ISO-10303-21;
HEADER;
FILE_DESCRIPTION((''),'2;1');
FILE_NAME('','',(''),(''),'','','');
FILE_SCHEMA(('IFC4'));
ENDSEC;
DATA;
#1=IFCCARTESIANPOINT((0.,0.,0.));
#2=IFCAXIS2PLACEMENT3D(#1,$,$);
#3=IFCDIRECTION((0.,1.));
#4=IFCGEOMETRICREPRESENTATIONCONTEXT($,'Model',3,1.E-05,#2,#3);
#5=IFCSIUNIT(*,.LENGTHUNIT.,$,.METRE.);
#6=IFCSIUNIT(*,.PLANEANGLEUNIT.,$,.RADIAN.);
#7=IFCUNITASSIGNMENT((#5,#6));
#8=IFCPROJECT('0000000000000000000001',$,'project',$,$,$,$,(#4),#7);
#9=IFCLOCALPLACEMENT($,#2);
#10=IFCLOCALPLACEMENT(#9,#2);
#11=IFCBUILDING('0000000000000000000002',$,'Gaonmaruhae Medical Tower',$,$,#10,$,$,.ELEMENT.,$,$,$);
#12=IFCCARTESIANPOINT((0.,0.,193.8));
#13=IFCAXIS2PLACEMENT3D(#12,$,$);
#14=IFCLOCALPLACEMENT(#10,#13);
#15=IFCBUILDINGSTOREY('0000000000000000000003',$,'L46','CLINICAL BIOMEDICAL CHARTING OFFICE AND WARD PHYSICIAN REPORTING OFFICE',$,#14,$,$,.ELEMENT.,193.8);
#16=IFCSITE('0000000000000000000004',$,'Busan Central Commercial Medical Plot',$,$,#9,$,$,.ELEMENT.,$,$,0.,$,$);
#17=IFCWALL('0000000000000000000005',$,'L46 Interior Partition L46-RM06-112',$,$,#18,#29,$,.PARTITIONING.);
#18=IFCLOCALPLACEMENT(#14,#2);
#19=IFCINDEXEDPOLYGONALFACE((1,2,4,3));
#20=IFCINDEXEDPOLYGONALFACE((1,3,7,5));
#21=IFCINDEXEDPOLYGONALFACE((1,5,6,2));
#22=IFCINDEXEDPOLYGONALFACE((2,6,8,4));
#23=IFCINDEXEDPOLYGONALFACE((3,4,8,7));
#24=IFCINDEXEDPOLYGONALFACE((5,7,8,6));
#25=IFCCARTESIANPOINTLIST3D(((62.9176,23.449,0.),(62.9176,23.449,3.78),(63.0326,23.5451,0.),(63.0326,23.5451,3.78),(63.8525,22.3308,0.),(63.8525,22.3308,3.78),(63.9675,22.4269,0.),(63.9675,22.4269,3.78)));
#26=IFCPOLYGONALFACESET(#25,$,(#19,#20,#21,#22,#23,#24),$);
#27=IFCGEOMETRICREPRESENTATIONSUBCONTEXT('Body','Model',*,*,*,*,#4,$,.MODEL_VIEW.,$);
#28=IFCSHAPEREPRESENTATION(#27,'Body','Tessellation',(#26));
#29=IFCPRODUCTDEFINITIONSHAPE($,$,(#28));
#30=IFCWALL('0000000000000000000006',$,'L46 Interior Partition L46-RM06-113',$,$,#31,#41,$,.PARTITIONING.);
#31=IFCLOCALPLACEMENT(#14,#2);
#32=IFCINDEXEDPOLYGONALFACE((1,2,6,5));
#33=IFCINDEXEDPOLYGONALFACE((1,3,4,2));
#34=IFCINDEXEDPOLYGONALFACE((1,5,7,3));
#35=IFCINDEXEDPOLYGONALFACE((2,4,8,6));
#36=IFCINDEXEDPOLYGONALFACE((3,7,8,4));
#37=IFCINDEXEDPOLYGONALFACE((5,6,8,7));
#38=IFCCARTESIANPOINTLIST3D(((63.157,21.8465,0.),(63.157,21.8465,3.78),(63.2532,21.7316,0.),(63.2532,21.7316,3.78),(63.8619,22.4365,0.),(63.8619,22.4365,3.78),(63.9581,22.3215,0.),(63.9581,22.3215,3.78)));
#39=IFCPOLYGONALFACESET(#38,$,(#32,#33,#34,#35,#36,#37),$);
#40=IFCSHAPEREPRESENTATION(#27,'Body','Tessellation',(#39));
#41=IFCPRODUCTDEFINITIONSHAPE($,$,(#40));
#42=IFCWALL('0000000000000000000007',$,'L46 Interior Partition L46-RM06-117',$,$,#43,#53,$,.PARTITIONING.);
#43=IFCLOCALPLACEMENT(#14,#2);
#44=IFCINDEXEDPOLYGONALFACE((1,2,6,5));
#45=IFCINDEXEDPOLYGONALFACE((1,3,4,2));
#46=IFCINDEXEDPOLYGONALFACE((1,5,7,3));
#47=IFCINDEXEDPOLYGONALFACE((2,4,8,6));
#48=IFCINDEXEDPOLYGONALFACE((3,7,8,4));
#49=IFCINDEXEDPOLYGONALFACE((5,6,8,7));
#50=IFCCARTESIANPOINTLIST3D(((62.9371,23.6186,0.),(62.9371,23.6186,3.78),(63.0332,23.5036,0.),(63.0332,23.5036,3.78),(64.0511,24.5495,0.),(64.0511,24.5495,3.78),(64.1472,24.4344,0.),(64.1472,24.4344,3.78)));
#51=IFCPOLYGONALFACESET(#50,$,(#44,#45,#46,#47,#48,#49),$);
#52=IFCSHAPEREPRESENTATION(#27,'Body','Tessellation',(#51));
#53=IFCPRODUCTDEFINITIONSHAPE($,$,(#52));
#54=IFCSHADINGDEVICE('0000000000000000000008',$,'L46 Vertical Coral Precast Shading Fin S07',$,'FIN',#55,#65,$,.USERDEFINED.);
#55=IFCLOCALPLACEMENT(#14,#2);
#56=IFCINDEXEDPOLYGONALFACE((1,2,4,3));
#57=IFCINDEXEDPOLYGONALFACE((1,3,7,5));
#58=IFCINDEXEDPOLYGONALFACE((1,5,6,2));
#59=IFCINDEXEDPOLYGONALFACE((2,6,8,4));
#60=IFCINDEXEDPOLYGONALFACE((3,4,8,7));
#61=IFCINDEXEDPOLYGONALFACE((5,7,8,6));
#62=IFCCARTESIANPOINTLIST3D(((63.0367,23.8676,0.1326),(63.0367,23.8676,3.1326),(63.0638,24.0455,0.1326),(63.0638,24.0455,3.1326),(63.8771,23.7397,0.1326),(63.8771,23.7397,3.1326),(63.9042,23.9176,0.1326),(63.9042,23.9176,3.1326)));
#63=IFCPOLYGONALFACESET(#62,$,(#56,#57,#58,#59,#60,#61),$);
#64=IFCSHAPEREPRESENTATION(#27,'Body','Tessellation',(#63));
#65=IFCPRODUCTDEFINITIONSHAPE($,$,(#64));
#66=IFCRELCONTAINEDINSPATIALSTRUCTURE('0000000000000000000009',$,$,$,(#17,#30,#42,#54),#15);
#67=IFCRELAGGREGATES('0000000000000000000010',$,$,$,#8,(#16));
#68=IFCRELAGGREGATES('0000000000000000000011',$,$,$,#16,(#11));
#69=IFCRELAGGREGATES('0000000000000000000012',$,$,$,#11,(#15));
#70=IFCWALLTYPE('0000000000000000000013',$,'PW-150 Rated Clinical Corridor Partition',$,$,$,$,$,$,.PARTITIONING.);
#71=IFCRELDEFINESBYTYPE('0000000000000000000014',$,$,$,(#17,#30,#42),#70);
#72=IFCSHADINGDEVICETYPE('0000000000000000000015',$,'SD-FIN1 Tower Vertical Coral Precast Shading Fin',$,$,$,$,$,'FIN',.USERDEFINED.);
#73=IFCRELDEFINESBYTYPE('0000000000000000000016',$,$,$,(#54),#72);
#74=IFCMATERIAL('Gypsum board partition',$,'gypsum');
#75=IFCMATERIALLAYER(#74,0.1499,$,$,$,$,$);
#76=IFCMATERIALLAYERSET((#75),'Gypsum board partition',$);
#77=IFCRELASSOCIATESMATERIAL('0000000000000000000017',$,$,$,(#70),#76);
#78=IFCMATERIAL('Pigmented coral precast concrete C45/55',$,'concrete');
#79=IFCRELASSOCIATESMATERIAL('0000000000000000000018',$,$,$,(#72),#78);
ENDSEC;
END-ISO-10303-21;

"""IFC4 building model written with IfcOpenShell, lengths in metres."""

from ifc_helpers import new_model, si_unit, direction, frame, frame_2d, origin, origin_2d, place, context, subcontext, project, spatial, rectangle, extrude, material, layer, layer_set, type_object, element, save


model = new_model("IFC4")

# Units and contexts
model_context = context("Model", 3, precision=1e-05, world=origin(), true_north=direction((0.0, 1.0)))
body_context = subcontext(model_context, "Body", "Model", "MODEL_VIEW")
ifc_project = project(units=[si_unit("LENGTHUNIT", "METRE"), si_unit("PLANEANGLEUNIT", "RADIAN")], contexts=[model_context])

# Site, building, storey
site_placement = place(None, origin())
site = spatial("IfcSite", under=ifc_project, at=site_placement, Name="Busan Central Commercial Medical Plot", CompositionType="ELEMENT", RefElevation=0.0)
building_placement = place(site_placement, origin())
building = spatial("IfcBuilding", under=site, at=building_placement, Name="Gaonmaruhae Medical Tower", CompositionType="ELEMENT")
storey_placement = place(building_placement, frame((0.0, 0.0, 193.8)))
storey = spatial("IfcBuildingStorey", under=building, at=storey_placement, Name="L46", Description="CLINICAL BIOMEDICAL CHARTING OFFICE AND WARD PHYSICIAN REPORTING OFFICE", CompositionType="ELEMENT", Elevation=193.8)

# Shared definitions
ifc_material_1 = material(Name="Gypsum board partition", Category="gypsum")
ifc_layer_1 = layer(ifc_material_1, 0.1499)
ifc_layer_set_1 = layer_set([ifc_layer_1], Name="Gypsum board partition")
wall_type_1 = type_object("IfcWallType", Name="PW-150 Rated Clinical Corridor Partition", PredefinedType="PARTITIONING", material=ifc_layer_set_1)

# Walls
wall_1_placement = place(storey_placement, frame((62.9751, 23.4971, 0.0), z_axis=(0.0, 0.0, 1.0), x_axis=(0.641403, -0.767204, 0.0)))
element("IfcWall", 1, at=wall_1_placement, inside=storey, type_object=wall_type_1, Name="L46 Interior Partition L46-RM06-112", PredefinedType="PARTITIONING", context=body_context, shape_type="SweptSolid", body=[
    extrude(rectangle(XDim=1.4575, YDim=0.1499, at=frame_2d((0.7288, 0.0))), origin(), (0.0, 0.0, 1.0), 3.78),
])
wall_2_placement = place(storey_placement, frame((63.9099, 22.3789, 0.0), z_axis=(0.0, 0.0, 1.0), x_axis=(-0.766891, -0.641777, 0.0)))
element("IfcWall", 2, at=wall_2_placement, inside=storey, type_object=wall_type_1, Name="L46 Interior Partition L46-RM06-113", PredefinedType="PARTITIONING", context=body_context, shape_type="SweptSolid", body=[
    extrude(rectangle(XDim=0.9192, YDim=0.1499, at=frame_2d((0.4595, 0.0))), origin(), (0.0, 0.0, 1.0), 3.78),
])
wall_3_placement = place(storey_placement, frame((64.0991, 24.4919, 0.0), z_axis=(0.0, 0.0, 1.0), x_axis=(-0.767352, -0.641226, 0.0)))
element("IfcWall", 3, at=wall_3_placement, inside=storey, type_object=wall_type_1, Name="L46 Interior Partition L46-RM06-117", PredefinedType="PARTITIONING", context=body_context, shape_type="SweptSolid", body=[
    extrude(rectangle(XDim=1.4517, YDim=0.1499, at=frame_2d((0.7258, 0.0))), origin(), (0.0, 0.0, 1.0), 3.78),
])

# Shading device
ifc_material_2 = material(Name="Pigmented coral precast concrete C45/55", Category="concrete")
shading_device_type = type_object("IfcShadingDeviceType", Name="SD-FIN1 Tower Vertical Coral Precast Shading Fin", ElementType="FIN", PredefinedType="USERDEFINED", material=ifc_material_2)
shading_device_placement = place(storey_placement, frame((63.4705, 23.8926, 0.1326), z_axis=(0.0, 0.0, 1.0), x_axis=(-0.150433, -0.98862, 0.0)))
element("IfcShadingDevice", 4, at=shading_device_placement, inside=storey, type_object=shading_device_type, Name="L46 Vertical Coral Precast Shading Fin S07", ObjectType="FIN", PredefinedType="USERDEFINED", context=body_context, shape_type="SweptSolid", body=[
    extrude(rectangle(XDim=0.1799, YDim=0.8501, at=origin_2d()), origin(), (0.0, 0.0, 1.0), 3.0),
])

save(model, "model.ifc")
